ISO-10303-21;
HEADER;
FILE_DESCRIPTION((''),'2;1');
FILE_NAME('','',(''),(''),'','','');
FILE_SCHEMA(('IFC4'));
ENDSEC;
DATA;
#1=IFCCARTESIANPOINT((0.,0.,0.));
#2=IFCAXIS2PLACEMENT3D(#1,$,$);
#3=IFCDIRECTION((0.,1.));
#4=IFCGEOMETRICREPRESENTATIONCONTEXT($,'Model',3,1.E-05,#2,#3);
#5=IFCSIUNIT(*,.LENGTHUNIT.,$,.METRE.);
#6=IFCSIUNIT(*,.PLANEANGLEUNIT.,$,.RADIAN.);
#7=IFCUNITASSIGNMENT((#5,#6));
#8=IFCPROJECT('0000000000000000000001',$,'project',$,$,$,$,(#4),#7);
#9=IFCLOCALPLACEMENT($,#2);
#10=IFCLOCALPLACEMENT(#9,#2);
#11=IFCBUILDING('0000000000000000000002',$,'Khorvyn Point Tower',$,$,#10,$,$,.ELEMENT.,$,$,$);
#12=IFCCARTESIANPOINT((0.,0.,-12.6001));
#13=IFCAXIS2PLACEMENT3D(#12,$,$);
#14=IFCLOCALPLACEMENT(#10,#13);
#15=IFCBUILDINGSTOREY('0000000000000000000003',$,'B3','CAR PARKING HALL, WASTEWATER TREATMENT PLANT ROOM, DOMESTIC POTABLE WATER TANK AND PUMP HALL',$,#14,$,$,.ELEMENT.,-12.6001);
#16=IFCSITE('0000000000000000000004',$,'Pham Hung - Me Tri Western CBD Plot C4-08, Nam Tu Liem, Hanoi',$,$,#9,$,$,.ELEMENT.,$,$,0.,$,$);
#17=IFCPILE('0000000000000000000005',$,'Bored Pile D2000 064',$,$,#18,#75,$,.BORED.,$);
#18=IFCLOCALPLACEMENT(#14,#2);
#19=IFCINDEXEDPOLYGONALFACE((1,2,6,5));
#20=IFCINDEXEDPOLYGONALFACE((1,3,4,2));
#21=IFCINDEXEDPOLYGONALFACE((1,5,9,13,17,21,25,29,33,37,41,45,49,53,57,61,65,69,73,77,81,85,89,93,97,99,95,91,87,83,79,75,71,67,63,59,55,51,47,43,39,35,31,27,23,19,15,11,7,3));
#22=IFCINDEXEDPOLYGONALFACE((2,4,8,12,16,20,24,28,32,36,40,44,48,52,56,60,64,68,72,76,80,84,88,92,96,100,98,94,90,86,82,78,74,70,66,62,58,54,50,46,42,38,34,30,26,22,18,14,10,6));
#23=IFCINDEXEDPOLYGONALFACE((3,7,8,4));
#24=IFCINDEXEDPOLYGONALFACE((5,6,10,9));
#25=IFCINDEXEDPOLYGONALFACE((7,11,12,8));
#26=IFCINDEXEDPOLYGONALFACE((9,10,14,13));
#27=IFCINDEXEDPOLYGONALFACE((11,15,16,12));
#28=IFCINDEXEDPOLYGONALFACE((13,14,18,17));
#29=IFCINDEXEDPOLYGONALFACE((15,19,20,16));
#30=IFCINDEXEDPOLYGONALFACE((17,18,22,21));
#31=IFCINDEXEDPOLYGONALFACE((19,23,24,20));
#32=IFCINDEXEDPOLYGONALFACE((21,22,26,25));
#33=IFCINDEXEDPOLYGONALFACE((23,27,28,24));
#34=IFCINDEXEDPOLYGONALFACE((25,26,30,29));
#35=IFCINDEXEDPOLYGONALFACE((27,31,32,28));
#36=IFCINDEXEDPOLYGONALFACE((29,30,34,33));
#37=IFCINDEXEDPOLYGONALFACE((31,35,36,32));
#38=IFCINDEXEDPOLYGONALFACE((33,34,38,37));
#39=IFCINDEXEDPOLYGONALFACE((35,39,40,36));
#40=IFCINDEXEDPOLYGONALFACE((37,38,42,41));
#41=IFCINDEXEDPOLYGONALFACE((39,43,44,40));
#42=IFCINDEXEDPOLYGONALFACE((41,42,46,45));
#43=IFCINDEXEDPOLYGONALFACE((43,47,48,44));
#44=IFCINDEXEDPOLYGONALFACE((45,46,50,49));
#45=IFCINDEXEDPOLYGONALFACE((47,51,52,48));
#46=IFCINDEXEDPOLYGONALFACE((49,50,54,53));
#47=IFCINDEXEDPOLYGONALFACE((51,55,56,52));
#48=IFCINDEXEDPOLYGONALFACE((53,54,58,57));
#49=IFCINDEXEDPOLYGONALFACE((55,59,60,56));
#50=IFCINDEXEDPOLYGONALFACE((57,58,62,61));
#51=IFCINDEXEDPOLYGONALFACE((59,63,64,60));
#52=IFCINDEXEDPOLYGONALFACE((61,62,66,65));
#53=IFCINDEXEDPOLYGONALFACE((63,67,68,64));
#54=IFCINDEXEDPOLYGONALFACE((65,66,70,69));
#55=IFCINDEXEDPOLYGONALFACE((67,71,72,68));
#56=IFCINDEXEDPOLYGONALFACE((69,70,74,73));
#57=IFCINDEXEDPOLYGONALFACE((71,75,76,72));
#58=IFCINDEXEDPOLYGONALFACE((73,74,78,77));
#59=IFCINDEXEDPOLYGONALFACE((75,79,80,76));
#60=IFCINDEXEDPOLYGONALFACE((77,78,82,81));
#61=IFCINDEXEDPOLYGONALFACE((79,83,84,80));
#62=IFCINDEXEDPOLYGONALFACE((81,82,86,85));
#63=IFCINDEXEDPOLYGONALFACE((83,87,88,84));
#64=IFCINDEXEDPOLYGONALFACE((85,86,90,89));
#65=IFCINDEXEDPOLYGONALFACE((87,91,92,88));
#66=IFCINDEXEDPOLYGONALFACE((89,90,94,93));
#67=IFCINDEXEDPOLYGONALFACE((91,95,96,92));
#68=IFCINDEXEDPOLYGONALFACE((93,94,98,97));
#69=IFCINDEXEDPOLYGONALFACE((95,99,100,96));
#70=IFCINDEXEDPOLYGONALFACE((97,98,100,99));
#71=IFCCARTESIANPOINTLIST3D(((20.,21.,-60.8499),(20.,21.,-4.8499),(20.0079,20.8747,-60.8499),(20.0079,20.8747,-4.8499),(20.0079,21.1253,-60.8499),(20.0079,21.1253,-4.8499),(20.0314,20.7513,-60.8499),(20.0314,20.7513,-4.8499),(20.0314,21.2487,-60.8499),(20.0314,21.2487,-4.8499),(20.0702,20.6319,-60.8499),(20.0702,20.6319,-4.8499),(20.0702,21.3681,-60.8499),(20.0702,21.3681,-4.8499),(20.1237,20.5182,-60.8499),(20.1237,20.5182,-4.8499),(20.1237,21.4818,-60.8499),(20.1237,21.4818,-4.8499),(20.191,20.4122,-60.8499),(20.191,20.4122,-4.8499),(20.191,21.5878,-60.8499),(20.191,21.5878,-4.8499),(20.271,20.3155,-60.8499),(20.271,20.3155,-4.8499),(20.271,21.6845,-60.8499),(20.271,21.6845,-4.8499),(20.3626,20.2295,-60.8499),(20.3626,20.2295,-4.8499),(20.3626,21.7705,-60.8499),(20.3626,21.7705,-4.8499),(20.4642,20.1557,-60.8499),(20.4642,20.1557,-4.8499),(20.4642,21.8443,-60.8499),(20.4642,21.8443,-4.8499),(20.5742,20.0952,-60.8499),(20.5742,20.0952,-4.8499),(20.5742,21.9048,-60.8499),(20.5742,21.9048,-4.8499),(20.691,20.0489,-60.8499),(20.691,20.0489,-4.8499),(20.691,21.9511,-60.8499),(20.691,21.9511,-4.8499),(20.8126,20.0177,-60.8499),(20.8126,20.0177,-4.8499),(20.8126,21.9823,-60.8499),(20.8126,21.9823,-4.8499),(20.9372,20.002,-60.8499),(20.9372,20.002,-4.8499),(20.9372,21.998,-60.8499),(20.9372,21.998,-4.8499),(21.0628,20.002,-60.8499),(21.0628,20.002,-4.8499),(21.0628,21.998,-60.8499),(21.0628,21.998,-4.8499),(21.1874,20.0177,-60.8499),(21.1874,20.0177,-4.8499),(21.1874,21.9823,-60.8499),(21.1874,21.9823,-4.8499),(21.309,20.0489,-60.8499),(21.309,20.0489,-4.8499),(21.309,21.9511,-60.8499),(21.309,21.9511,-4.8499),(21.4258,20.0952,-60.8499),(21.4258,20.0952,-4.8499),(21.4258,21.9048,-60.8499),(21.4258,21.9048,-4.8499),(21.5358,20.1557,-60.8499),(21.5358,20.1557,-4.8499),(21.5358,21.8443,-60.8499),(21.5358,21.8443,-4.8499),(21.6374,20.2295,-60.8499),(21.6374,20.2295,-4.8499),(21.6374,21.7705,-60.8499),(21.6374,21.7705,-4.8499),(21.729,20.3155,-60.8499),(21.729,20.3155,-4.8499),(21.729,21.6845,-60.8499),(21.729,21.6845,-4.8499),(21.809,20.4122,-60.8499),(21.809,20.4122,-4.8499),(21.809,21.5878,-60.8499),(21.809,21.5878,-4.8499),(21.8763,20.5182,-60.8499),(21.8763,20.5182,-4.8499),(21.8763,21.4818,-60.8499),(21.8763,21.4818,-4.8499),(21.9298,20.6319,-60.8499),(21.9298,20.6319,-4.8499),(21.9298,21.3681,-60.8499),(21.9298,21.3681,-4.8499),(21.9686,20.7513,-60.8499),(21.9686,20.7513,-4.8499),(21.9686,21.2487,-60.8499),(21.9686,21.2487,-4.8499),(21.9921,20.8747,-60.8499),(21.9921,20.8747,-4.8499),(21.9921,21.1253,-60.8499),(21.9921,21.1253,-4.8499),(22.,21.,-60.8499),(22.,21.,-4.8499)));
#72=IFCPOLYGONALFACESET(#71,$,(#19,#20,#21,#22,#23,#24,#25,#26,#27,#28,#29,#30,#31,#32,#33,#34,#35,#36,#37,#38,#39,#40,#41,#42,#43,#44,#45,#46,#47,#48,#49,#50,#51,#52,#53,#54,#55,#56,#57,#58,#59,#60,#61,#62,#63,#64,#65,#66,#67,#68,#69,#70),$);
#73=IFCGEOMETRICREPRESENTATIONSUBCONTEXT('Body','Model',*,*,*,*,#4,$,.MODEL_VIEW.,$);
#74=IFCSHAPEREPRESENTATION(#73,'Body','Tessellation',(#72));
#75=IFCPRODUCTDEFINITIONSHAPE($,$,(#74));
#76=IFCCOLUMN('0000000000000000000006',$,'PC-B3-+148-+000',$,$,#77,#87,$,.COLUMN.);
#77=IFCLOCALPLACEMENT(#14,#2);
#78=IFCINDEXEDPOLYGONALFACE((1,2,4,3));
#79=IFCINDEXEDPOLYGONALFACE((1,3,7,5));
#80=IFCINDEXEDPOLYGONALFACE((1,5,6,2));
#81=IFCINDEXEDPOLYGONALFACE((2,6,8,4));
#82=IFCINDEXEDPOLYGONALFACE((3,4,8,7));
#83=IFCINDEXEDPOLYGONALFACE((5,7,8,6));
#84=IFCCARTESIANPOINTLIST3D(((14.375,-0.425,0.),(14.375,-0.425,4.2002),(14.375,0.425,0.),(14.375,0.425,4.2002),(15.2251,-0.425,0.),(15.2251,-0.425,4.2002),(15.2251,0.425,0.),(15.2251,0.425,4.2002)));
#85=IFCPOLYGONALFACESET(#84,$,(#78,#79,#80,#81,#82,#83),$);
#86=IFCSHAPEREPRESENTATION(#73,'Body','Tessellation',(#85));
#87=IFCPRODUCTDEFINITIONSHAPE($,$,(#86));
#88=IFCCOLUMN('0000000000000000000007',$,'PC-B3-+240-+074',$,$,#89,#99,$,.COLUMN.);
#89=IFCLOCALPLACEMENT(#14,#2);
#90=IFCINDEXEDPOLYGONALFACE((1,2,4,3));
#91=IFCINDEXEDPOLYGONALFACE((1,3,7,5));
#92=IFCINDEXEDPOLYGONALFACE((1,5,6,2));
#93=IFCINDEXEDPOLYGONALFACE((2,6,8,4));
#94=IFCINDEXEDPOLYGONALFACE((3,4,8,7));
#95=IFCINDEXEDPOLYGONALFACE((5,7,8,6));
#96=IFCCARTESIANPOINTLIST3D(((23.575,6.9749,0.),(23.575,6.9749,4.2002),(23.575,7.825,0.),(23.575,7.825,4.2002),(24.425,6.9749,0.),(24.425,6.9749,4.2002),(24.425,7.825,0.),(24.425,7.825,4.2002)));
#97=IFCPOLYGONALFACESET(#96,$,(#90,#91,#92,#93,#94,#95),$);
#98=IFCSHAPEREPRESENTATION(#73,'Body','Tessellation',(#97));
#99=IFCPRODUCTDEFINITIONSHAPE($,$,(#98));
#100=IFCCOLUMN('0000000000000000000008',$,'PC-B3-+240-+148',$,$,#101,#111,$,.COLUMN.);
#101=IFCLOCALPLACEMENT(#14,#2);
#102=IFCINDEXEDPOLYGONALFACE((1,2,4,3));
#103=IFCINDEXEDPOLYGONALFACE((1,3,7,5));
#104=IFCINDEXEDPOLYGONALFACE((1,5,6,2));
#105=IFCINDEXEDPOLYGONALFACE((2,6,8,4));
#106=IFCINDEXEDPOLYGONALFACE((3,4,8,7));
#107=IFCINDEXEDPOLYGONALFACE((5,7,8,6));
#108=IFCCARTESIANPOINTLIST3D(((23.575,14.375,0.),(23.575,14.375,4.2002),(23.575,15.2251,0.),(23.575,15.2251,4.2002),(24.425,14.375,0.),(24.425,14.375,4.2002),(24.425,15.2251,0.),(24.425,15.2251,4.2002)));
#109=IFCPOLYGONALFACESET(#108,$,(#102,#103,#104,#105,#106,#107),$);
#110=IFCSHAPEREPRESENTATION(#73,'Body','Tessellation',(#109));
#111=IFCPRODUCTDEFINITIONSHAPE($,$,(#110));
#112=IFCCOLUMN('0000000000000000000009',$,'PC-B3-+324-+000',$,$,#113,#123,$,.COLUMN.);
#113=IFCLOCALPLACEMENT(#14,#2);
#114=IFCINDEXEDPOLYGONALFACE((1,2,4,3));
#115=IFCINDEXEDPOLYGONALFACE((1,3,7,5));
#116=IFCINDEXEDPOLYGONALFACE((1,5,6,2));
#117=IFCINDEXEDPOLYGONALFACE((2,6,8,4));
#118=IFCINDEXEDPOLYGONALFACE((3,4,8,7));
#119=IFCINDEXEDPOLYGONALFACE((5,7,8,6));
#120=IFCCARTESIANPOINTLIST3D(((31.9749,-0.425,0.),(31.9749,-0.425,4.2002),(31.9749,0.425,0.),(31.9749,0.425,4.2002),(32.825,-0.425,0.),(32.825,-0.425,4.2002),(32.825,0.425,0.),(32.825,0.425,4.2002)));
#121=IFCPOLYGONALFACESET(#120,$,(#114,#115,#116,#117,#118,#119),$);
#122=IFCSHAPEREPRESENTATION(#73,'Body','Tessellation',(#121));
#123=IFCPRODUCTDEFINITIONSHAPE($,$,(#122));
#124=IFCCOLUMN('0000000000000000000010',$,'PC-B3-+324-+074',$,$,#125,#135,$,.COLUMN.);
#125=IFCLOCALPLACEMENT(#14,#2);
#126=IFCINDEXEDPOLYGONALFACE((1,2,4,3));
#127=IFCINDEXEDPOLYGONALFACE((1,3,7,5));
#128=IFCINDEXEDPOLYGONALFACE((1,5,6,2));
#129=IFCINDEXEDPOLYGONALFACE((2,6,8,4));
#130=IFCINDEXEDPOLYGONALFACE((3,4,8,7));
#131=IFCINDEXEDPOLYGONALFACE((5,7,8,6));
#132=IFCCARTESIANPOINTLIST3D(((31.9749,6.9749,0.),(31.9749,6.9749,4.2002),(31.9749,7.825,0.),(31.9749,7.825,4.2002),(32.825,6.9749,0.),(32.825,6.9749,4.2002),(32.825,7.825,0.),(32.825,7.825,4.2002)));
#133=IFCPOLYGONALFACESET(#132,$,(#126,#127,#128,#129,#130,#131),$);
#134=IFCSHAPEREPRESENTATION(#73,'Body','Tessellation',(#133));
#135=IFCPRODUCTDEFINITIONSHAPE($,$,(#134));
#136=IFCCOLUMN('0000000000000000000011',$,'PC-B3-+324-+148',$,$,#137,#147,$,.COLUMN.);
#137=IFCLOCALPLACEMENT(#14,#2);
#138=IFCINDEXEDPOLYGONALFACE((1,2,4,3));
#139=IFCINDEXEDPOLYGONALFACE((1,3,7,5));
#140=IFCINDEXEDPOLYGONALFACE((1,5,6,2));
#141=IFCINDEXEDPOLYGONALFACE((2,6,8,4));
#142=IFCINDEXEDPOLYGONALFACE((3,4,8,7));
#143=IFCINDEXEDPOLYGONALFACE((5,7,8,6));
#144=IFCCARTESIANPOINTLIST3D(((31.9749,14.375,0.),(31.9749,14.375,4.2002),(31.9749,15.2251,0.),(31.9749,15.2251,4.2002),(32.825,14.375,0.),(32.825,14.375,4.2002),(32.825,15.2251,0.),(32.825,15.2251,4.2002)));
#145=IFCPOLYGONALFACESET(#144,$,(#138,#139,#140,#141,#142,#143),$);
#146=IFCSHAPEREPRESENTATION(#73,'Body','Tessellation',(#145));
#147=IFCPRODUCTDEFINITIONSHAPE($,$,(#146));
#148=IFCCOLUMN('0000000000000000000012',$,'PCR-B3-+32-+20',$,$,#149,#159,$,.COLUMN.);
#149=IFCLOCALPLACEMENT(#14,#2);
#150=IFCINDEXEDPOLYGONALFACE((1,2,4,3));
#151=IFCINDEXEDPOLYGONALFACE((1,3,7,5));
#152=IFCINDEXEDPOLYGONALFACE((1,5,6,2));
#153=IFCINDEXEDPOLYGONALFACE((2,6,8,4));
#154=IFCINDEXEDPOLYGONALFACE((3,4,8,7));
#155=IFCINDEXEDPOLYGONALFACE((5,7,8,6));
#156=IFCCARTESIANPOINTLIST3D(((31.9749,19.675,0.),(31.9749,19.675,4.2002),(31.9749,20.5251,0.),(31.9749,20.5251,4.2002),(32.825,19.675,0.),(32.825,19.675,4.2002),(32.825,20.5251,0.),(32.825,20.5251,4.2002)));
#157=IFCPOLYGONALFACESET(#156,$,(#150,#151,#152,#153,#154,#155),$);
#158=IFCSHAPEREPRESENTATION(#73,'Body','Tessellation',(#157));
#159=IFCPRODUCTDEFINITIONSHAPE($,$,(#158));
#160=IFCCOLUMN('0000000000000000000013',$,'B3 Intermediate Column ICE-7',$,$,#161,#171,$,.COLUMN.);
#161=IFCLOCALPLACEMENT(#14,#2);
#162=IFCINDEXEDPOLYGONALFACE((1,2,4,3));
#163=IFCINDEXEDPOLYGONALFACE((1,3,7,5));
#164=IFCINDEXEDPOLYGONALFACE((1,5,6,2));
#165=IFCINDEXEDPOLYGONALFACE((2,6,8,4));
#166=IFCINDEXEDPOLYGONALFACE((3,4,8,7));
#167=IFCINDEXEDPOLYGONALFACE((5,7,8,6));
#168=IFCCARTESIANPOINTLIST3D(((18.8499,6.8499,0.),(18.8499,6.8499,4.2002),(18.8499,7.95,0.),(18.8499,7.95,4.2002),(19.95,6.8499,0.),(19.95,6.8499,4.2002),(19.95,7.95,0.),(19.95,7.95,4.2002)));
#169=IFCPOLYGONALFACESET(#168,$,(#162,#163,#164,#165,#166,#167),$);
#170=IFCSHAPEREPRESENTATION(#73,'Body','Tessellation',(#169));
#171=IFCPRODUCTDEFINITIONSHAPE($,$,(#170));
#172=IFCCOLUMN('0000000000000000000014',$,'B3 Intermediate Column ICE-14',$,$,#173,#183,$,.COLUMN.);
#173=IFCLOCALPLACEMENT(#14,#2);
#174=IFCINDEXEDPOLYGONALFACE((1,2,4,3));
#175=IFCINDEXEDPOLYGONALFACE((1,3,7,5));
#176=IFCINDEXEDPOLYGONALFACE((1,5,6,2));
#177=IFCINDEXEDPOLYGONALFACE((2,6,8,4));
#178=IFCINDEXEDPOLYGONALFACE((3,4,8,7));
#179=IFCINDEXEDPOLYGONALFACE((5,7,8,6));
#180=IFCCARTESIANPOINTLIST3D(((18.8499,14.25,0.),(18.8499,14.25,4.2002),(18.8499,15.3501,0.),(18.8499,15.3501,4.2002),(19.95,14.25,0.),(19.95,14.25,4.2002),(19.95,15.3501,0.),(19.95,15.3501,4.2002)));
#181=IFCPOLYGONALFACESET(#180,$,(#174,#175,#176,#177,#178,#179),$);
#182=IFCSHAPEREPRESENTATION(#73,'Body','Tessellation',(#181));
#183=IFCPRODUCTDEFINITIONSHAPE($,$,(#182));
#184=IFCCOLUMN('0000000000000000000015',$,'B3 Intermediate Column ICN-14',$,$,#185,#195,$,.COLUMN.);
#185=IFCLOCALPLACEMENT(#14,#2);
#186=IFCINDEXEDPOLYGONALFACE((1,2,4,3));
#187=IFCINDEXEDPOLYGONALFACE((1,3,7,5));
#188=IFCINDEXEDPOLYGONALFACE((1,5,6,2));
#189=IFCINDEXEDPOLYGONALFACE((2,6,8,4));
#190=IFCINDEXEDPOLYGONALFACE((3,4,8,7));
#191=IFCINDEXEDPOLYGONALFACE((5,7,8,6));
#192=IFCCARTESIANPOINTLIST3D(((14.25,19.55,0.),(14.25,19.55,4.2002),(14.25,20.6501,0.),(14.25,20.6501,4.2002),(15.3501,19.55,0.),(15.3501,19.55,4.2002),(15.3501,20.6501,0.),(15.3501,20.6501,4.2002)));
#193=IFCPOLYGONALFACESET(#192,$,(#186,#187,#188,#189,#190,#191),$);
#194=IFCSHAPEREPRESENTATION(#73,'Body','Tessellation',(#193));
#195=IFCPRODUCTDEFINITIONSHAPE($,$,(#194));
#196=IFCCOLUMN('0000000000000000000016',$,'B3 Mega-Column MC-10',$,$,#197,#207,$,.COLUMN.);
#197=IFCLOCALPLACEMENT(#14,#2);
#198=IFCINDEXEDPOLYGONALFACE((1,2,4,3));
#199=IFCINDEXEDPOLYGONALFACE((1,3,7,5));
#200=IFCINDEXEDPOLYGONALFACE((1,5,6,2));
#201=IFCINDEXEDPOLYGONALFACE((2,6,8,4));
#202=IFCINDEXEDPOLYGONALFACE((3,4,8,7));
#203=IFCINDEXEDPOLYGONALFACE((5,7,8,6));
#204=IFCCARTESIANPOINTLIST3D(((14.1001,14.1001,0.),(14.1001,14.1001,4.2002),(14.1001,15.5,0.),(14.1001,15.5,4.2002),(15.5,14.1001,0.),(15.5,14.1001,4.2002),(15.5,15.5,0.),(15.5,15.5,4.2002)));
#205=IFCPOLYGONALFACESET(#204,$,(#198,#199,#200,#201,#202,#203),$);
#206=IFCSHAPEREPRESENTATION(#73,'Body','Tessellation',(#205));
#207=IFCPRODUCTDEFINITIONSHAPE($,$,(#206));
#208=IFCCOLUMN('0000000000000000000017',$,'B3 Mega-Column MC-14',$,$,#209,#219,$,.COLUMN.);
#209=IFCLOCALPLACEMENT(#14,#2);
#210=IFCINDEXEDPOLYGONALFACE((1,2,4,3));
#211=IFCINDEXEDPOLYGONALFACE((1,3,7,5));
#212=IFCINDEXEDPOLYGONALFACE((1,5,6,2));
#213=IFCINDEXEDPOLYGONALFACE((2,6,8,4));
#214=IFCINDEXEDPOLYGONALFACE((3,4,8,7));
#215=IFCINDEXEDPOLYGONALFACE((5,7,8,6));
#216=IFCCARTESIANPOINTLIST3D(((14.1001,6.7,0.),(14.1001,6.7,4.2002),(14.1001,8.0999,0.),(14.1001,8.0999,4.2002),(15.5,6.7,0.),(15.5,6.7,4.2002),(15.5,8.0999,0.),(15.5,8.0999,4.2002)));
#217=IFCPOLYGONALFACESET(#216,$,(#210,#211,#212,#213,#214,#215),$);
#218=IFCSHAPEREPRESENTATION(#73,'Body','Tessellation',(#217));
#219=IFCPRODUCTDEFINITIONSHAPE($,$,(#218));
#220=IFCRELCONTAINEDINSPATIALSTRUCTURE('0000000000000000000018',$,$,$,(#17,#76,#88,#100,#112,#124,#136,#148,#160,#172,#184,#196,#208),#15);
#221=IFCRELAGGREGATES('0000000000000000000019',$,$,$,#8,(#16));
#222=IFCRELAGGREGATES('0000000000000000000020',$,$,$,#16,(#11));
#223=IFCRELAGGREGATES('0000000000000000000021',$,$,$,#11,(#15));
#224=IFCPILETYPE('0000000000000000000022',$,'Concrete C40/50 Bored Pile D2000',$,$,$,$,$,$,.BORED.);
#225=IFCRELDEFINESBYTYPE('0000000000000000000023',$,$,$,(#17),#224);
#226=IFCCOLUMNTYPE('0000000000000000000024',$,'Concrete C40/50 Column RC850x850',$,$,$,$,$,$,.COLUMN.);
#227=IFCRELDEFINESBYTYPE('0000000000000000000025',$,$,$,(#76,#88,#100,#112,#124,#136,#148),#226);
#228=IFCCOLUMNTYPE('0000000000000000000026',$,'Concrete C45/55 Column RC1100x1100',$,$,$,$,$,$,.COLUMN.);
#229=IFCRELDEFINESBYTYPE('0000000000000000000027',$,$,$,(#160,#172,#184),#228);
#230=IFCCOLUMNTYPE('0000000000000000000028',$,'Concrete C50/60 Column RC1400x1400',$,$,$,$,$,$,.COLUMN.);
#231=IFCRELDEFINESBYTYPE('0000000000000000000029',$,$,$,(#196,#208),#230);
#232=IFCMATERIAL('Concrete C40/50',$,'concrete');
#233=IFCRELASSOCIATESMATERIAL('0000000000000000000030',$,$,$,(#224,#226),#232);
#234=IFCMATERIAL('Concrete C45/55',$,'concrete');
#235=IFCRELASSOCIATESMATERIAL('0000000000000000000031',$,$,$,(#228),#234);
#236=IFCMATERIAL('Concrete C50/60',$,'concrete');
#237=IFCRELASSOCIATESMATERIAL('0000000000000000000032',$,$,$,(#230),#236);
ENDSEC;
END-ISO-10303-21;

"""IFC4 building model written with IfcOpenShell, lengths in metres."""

from ifc_helpers import new_model, si_unit, direction, frame, origin, origin_2d, place, context, subcontext, project, spatial, rectangle, circle, extrude, material, material_profile, profile_set, type_object, element, save


model = new_model("IFC4")

# Units and contexts
model_context = context("Model", 3, precision=1e-05, world=origin(), true_north=direction((0.0, 1.0)))
body_context = subcontext(model_context, "Body", "Model", "MODEL_VIEW")
ifc_project = project(units=[si_unit("LENGTHUNIT", "METRE"), si_unit("PLANEANGLEUNIT", "RADIAN")], contexts=[model_context])

# Site, building, storey
site_placement = place(None, origin())
site = spatial("IfcSite", under=ifc_project, at=site_placement, Name="Pham Hung - Me Tri Western CBD Plot C4-08, Nam Tu Liem, Hanoi", CompositionType="ELEMENT", RefElevation=0.0)
building_placement = place(site_placement, origin())
building = spatial("IfcBuilding", under=site, at=building_placement, Name="Khorvyn Point Tower", CompositionType="ELEMENT")
storey_placement = place(building_placement, frame((0.0, 0.0, -12.6001)))
storey = spatial("IfcBuildingStorey", under=building, at=storey_placement, Name="B3", Description="CAR PARKING HALL, WASTEWATER TREATMENT PLANT ROOM, DOMESTIC POTABLE WATER TANK AND PUMP HALL", CompositionType="ELEMENT", Elevation=-12.6001)

# Pile
ifc_material_1 = material(Name="Concrete C40/50", Category="concrete")
ifc_material_profile_1 = material_profile(ifc_material_1, circle(Radius=1.0, at=origin_2d()))
ifc_profile_set_1 = profile_set([ifc_material_profile_1], Name="Concrete C40/50 PILE-D2000")
pile_type_1 = type_object("IfcPileType", Name="Concrete C40/50 Bored Pile D2000", PredefinedType="BORED", material=ifc_profile_set_1)
for number, where, z_axis, x_axis, name in (
    (1, (21.0, 21.0, -4.8499), (0.0, 0.0, -1.0), (1.0, 0.0, 0.0), "Bored Pile D2000 064"),
):
    element("IfcPile", number, at=place(storey_placement, frame(where, z_axis=z_axis, x_axis=x_axis)), inside=storey, type_object=pile_type_1, Name=name, PredefinedType="BORED", context=body_context, shape_type="SweptSolid", body=[
        extrude(circle(Radius=1.0, at=origin_2d()), origin(), (0.0, 0.0, 1.0), 56.0),
    ])

# Columns
ifc_material_profile_2 = material_profile(ifc_material_1, rectangle(XDim=0.8501, YDim=0.8501, at=origin_2d()))
ifc_profile_set_2 = profile_set([ifc_material_profile_2], Name="Concrete C40/50 RC850x850")
column_type_1 = type_object("IfcColumnType", Name="Concrete C40/50 Column RC850x850", PredefinedType="COLUMN", material=ifc_profile_set_2)
for number, where, z_axis, x_axis, name in (
    (2, (14.8, 0.0, 0.0), (0.0, 0.0, 1.0), (1.0, 0.0, 0.0), "PC-B3-+148-+000"),
    (3, (24.0, 7.3999, 0.0), (0.0, 0.0, 1.0), (1.0, 0.0, 0.0), "PC-B3-+240-+074"),
    (4, (24.0, 14.8, 0.0), (0.0, 0.0, 1.0), (1.0, 0.0, 0.0), "PC-B3-+240-+148"),
    (5, (32.3999, 0.0, 0.0), (0.0, 0.0, 1.0), (1.0, 0.0, 0.0), "PC-B3-+324-+000"),
    (6, (32.3999, 7.3999, 0.0), (0.0, 0.0, 1.0), (1.0, 0.0, 0.0), "PC-B3-+324-+074"),
    (7, (32.3999, 14.8, 0.0), (0.0, 0.0, 1.0), (1.0, 0.0, 0.0), "PC-B3-+324-+148"),
    (8, (32.3999, 20.1001, 0.0), (0.0, 0.0, 1.0), (1.0, 0.0, 0.0), "PCR-B3-+32-+20"),
):
    element("IfcColumn", number, at=place(storey_placement, frame(where, z_axis=z_axis, x_axis=x_axis)), inside=storey, type_object=column_type_1, Name=name, PredefinedType="COLUMN", context=body_context, shape_type="SweptSolid", body=[
        extrude(rectangle(XDim=0.8501, YDim=0.8501, at=origin_2d()), origin(), (0.0, 0.0, 1.0), 4.2002),
    ])
ifc_material_2 = material(Name="Concrete C45/55", Category="concrete")
ifc_material_profile_3 = material_profile(ifc_material_2, rectangle(XDim=1.1001, YDim=1.1001, at=origin_2d()))
ifc_profile_set_3 = profile_set([ifc_material_profile_3], Name="Concrete C45/55 RC1100x1100")
column_type_2 = type_object("IfcColumnType", Name="Concrete C45/55 Column RC1100x1100", PredefinedType="COLUMN", material=ifc_profile_set_3)
for number, where, z_axis, x_axis, name in (
    (9, (19.3999, 7.3999, 0.0), (0.0, 0.0, 1.0), (1.0, 0.0, 0.0), "B3 Intermediate Column ICE-7"),
    (10, (19.3999, 14.8, 0.0), (0.0, 0.0, 1.0), (1.0, 0.0, 0.0), "B3 Intermediate Column ICE-14"),
    (11, (14.8, 20.1001, 0.0), (0.0, 0.0, 1.0), (1.0, 0.0, 0.0), "B3 Intermediate Column ICN-14"),
):
    element("IfcColumn", number, at=place(storey_placement, frame(where, z_axis=z_axis, x_axis=x_axis)), inside=storey, type_object=column_type_2, Name=name, PredefinedType="COLUMN", context=body_context, shape_type="SweptSolid", body=[
        extrude(rectangle(XDim=1.1001, YDim=1.1001, at=origin_2d()), origin(), (0.0, 0.0, 1.0), 4.2002),
    ])
ifc_material_3 = material(Name="Concrete C50/60", Category="concrete")
ifc_material_profile_4 = material_profile(ifc_material_3, rectangle(XDim=1.3999, YDim=1.3999, at=origin_2d()))
ifc_profile_set_4 = profile_set([ifc_material_profile_4], Name="Concrete C50/60 RC1400x1400")
column_type_3 = type_object("IfcColumnType", Name="Concrete C50/60 Column RC1400x1400", PredefinedType="COLUMN", material=ifc_profile_set_4)
for number, where, z_axis, x_axis, name in (
    (12, (14.8, 14.8, 0.0), (0.0, 0.0, 1.0), (1.0, 0.0, 0.0), "B3 Mega-Column MC-10"),
    (13, (14.8, 7.3999, 0.0), (0.0, 0.0, 1.0), (1.0, 0.0, 0.0), "B3 Mega-Column MC-14"),
):
    element("IfcColumn", number, at=place(storey_placement, frame(where, z_axis=z_axis, x_axis=x_axis)), inside=storey, type_object=column_type_3, Name=name, PredefinedType="COLUMN", context=body_context, shape_type="SweptSolid", body=[
        extrude(rectangle(XDim=1.3999, YDim=1.3999, at=origin_2d()), origin(), (0.0, 0.0, 1.0), 4.2002),
    ])

save(model, "model.ifc")
